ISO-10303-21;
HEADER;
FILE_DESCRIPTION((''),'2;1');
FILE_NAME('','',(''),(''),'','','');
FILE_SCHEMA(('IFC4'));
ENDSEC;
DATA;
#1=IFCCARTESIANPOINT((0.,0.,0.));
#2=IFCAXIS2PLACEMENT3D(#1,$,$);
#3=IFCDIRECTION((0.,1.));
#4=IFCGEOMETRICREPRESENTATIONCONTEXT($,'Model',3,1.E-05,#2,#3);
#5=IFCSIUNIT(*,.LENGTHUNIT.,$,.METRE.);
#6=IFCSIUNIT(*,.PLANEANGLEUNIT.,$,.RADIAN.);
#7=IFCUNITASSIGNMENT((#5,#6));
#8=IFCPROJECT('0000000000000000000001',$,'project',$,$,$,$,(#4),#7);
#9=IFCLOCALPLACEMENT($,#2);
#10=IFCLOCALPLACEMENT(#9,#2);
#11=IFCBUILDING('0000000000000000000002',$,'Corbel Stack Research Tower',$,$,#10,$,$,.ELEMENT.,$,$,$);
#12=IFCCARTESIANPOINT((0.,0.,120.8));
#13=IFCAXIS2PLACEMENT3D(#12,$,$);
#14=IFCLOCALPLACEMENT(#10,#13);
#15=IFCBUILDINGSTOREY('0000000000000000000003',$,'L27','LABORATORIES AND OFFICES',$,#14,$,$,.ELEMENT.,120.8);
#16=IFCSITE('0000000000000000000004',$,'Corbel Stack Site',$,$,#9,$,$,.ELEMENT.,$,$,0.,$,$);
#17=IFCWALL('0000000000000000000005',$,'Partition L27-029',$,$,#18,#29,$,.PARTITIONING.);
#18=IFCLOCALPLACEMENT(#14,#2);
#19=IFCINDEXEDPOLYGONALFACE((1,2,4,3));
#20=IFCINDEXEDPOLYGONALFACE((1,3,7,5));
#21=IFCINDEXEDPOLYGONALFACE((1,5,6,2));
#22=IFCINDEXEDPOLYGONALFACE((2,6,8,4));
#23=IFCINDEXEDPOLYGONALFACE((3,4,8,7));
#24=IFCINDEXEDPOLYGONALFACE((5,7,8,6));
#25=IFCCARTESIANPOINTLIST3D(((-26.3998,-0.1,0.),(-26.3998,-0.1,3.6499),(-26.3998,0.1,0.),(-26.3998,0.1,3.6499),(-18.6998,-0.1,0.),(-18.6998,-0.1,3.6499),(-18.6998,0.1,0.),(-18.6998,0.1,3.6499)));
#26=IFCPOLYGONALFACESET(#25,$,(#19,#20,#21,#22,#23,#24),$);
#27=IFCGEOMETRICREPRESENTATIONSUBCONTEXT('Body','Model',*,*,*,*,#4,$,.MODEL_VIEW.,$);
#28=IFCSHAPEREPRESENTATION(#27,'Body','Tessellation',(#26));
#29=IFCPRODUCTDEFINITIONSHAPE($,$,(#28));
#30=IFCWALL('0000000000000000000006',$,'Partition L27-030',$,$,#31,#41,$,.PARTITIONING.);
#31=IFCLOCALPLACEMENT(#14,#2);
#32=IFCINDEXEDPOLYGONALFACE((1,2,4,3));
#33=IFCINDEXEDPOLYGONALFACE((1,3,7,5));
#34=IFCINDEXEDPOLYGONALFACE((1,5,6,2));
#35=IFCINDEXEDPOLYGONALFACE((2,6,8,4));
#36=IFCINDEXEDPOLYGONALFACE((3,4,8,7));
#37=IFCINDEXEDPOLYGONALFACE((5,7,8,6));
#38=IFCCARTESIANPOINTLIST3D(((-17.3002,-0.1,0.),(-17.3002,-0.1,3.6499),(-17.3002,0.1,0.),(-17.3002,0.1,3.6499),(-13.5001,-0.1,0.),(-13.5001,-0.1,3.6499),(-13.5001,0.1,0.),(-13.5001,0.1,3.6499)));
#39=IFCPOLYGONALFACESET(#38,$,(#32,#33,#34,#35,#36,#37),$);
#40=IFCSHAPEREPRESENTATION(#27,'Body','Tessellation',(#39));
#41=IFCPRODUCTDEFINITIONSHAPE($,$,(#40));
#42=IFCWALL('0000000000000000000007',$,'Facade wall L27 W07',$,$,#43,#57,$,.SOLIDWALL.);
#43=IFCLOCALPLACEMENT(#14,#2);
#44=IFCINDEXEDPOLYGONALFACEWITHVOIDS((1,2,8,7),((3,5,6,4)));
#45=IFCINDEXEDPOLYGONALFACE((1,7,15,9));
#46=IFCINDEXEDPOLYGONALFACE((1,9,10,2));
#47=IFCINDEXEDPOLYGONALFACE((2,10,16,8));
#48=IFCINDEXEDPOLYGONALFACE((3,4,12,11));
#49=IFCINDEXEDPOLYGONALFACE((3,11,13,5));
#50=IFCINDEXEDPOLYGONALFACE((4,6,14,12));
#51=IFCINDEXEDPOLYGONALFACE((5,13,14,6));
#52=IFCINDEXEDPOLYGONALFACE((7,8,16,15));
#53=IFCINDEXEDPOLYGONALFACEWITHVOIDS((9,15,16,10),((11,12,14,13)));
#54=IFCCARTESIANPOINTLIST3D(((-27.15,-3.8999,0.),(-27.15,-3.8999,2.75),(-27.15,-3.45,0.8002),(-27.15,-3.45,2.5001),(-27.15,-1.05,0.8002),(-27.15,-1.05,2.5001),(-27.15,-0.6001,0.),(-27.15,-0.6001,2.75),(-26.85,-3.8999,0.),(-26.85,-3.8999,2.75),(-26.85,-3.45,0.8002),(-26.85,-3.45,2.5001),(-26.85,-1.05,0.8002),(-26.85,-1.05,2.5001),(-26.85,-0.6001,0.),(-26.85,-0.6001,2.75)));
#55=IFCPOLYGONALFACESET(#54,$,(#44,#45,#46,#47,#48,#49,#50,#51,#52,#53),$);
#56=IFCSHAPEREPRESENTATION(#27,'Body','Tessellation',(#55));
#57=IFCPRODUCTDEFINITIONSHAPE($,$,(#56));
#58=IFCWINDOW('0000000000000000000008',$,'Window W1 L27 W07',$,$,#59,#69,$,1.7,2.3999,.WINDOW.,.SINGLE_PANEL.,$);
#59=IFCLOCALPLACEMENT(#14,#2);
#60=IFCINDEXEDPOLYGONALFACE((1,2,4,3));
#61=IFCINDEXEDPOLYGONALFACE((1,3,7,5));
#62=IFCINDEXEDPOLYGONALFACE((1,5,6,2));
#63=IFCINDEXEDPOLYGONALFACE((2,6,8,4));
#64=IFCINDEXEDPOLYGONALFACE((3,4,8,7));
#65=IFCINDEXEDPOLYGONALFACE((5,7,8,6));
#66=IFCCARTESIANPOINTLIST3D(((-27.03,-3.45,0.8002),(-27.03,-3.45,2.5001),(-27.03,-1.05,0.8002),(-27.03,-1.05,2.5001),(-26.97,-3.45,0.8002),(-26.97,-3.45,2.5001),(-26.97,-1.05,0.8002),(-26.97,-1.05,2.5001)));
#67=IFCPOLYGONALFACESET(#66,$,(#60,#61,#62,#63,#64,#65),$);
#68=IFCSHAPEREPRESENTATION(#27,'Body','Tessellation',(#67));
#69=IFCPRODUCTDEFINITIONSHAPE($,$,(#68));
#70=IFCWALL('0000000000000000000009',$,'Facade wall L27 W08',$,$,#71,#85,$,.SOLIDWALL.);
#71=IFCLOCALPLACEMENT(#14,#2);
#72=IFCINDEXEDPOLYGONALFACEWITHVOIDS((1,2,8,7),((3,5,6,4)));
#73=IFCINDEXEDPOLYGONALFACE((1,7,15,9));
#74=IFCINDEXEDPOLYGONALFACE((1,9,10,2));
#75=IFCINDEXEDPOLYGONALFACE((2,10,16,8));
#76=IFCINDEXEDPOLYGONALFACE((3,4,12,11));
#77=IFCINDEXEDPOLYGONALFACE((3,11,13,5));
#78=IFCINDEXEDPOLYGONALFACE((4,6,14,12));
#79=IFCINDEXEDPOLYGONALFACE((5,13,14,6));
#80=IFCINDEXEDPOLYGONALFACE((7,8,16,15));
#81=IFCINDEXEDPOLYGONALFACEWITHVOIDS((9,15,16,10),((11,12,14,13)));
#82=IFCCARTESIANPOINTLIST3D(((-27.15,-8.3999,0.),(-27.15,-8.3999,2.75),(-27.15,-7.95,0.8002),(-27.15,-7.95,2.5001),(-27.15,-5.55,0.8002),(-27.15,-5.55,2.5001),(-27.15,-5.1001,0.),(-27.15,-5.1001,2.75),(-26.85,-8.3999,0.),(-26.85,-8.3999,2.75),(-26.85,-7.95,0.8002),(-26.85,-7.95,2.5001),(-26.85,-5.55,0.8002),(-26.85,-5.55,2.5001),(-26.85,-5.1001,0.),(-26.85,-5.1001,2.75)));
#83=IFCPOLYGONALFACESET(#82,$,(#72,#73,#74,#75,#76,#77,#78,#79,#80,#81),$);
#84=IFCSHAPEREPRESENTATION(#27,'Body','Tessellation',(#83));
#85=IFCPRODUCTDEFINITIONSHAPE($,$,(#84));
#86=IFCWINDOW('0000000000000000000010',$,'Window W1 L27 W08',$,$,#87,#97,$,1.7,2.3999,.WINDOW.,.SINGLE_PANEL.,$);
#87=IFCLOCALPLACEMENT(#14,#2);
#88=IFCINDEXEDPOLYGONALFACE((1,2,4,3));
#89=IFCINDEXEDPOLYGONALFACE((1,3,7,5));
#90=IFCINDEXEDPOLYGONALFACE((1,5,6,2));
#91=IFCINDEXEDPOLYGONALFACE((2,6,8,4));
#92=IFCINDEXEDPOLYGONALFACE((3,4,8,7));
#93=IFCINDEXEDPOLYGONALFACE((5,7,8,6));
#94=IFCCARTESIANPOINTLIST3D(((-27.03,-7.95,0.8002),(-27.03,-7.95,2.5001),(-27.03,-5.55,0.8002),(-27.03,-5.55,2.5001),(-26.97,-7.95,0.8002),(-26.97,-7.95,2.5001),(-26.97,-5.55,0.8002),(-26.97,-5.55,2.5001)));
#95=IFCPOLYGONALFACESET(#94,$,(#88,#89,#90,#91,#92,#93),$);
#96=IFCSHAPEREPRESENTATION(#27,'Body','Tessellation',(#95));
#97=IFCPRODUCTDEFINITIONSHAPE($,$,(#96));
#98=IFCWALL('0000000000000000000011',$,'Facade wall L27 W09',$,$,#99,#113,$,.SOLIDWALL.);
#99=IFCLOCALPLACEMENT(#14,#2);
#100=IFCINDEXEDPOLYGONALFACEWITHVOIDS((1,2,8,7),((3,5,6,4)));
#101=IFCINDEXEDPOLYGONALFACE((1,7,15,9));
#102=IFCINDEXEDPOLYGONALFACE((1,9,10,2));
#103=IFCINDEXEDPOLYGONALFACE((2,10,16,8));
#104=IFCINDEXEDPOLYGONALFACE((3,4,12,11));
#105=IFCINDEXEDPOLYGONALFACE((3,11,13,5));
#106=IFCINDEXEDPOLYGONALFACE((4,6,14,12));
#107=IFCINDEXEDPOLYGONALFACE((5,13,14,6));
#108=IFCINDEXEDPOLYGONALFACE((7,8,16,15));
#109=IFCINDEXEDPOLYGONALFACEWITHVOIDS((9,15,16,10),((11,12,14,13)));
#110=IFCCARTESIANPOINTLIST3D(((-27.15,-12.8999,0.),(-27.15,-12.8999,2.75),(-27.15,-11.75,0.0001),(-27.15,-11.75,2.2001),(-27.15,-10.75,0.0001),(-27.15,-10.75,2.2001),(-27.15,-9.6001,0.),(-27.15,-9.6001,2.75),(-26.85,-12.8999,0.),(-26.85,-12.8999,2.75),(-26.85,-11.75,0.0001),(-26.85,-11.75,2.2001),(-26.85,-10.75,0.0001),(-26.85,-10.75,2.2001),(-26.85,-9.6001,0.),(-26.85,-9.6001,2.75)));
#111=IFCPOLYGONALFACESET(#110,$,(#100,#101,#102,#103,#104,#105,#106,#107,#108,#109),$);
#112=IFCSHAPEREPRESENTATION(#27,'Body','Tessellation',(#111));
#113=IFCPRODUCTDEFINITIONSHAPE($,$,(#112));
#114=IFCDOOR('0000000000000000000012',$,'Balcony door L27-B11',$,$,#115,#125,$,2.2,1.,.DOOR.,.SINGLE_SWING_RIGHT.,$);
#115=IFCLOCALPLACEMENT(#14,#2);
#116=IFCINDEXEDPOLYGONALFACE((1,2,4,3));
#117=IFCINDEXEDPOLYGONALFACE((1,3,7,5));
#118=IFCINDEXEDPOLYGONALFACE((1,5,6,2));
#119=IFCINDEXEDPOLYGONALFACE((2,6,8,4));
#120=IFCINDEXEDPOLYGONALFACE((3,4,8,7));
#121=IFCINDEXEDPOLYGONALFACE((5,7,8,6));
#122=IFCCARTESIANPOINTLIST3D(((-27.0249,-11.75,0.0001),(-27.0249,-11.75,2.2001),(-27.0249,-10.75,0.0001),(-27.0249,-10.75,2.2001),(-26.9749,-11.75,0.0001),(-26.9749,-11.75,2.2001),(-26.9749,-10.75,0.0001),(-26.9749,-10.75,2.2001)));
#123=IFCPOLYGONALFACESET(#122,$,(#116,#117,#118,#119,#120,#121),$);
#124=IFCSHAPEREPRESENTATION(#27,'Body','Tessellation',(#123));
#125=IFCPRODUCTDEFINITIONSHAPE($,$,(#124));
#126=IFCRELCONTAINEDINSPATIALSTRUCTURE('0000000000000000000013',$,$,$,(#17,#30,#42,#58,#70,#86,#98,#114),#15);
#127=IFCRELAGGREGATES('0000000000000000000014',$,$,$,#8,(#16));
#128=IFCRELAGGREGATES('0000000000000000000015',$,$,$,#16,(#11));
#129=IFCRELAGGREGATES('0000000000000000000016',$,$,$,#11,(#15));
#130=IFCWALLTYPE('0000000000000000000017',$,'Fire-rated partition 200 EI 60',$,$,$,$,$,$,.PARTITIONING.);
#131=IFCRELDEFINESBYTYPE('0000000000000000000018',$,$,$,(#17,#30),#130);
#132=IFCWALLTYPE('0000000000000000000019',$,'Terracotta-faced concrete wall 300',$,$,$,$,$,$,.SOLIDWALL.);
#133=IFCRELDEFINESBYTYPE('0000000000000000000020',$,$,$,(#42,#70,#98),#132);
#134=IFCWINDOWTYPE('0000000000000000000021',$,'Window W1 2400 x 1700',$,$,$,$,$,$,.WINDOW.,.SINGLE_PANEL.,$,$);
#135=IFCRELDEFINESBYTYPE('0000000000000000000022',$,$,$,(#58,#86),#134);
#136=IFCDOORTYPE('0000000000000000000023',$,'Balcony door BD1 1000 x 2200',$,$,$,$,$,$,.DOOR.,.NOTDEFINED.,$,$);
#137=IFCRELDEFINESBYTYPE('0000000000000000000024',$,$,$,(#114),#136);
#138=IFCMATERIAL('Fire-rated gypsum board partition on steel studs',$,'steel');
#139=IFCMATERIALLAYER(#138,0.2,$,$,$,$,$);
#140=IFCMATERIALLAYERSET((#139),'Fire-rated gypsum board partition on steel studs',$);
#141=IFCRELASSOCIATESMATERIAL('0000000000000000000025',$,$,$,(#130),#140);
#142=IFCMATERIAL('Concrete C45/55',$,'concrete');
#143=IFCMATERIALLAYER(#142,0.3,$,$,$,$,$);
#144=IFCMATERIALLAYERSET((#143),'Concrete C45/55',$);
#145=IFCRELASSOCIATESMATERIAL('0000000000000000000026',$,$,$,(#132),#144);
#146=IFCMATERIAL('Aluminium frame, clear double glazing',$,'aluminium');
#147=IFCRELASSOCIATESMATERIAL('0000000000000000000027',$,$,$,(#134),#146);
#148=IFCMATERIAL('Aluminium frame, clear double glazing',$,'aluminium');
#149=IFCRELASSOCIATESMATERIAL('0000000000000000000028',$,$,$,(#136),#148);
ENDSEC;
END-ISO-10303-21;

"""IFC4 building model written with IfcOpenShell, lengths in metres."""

from ifc_helpers import new_model, si_unit, direction, frame, frame_2d, origin, place, context, subcontext, project, spatial, rectangle, extrude, material, layer, layer_set, type_object, element, fill, save


model = new_model("IFC4")

# Units and contexts
model_context = context("Model", 3, precision=1e-05, world=origin(), true_north=direction((0.0, 1.0)))
body_context = subcontext(model_context, "Body", "Model", "MODEL_VIEW")
ifc_project = project(units=[si_unit("LENGTHUNIT", "METRE"), si_unit("PLANEANGLEUNIT", "RADIAN")], contexts=[model_context])

# Site, building, storey
site_placement = place(None, origin())
site = spatial("IfcSite", under=ifc_project, at=site_placement, Name="Corbel Stack Site", CompositionType="ELEMENT", RefElevation=0.0)
building_placement = place(site_placement, origin())
building = spatial("IfcBuilding", under=site, at=building_placement, Name="Corbel Stack Research Tower", CompositionType="ELEMENT")
storey_placement = place(building_placement, frame((0.0, 0.0, 120.8)))
storey = spatial("IfcBuildingStorey", under=building, at=storey_placement, Name="L27", Description="LABORATORIES AND OFFICES", CompositionType="ELEMENT", Elevation=120.8)

# Shared definitions
ifc_material_1 = material(Name="Fire-rated gypsum board partition on steel studs", Category="steel")
ifc_layer_1 = layer(ifc_material_1, 0.2)
ifc_layer_set_1 = layer_set([ifc_layer_1], Name="Fire-rated gypsum board partition on steel studs")
wall_type_1 = type_object("IfcWallType", Name="Fire-rated partition 200 EI 60", PredefinedType="PARTITIONING", material=ifc_layer_set_1)

# Walls
wall_1_placement = place(storey_placement, frame((-26.3999, 0.0, 0.0), z_axis=(0.0, 0.0, 1.0), x_axis=(1.0, 0.0, 0.0)))
element("IfcWall", 1, at=wall_1_placement, inside=storey, type_object=wall_type_1, Name="Partition L27-029", PredefinedType="PARTITIONING", context=body_context, shape_type="SweptSolid", body=[
    extrude(rectangle(XDim=7.7, YDim=0.2, at=frame_2d((3.8501, 0.0))), origin(), (0.0, 0.0, 1.0), 3.6499),
])
wall_2_placement = place(storey_placement, frame((-17.3, 0.0, 0.0), z_axis=(0.0, 0.0, 1.0), x_axis=(1.0, 0.0, 0.0)))
element("IfcWall", 2, at=wall_2_placement, inside=storey, type_object=wall_type_1, Name="Partition L27-030", PredefinedType="PARTITIONING", context=body_context, shape_type="SweptSolid", body=[
    extrude(rectangle(XDim=3.8, YDim=0.2, at=frame_2d((1.8999, 0.0))), origin(), (0.0, 0.0, 1.0), 3.6499),
])

# Walls, openings, windows
ifc_material_2 = material(Name="Concrete C45/55", Category="concrete")
ifc_layer_2 = layer(ifc_material_2, 0.3)
ifc_layer_set_2 = layer_set([ifc_layer_2], Name="Concrete C45/55")
wall_type_2 = type_object("IfcWallType", Name="Terracotta-faced concrete wall 300", PredefinedType="SOLIDWALL", material=ifc_layer_set_2)
wall_3_placement = place(storey_placement, frame((-27.0, -3.8999, 0.0), z_axis=(0.0, 0.0, 1.0), x_axis=(0.0, 1.0, 0.0)))
wall_3 = element("IfcWall", 3, at=wall_3_placement, inside=storey, type_object=wall_type_2, Name="Facade wall L27 W07", PredefinedType="SOLIDWALL", context=body_context, shape_type="SweptSolid", body=[
    extrude(rectangle(XDim=3.2998, YDim=0.3, at=frame_2d((1.6499, 0.0))), origin(), (0.0, 0.0, 1.0), 2.75),
])
opening_1_placement = place(wall_3_placement, frame((0.45, 0.0, 0.8)))
opening_1 = element("IfcOpeningElement", 4, at=opening_1_placement, cuts=wall_3, PredefinedType="OPENING", context=body_context, shape_type="SweptSolid", body=[
    extrude(rectangle(XDim=2.3999, YDim=1.7, at=frame_2d((1.2, 0.8501))), frame((0.0, 0.1599, 0.0), z_axis=(0.0, -1.0, 0.0), x_axis=(1.0, 0.0, 0.0)), (0.0, 0.0, 1.0), 0.3201),
])
ifc_material_3 = material(Name="Aluminium frame, clear double glazing", Category="aluminium")
window_type = type_object("IfcWindowType", Name="Window W1 2400 x 1700", PartitioningType="SINGLE_PANEL", PredefinedType="WINDOW", material=ifc_material_3)
window_1_placement = place(opening_1_placement, origin())
window_1 = element("IfcWindow", 5, at=window_1_placement, inside=storey, type_object=window_type, Name="Window W1 L27 W07", OverallHeight=1.7, OverallWidth=2.3999, PartitioningType="SINGLE_PANEL", PredefinedType="WINDOW", context=body_context, shape_type="SweptSolid", body=[
    extrude(rectangle(XDim=2.3999, YDim=1.7, at=frame_2d((1.2, 0.8501))), frame((0.0, 0.03, 0.0), z_axis=(0.0, -1.0, 0.0), x_axis=(1.0, 0.0, 0.0)), (0.0, 0.0, 1.0), 0.0601),
])
fill(opening_1, window_1)
wall_4_placement = place(storey_placement, frame((-27.0, -8.3999, 0.0), z_axis=(0.0, 0.0, 1.0), x_axis=(0.0, 1.0, 0.0)))
wall_4 = element("IfcWall", 6, at=wall_4_placement, inside=storey, type_object=wall_type_2, Name="Facade wall L27 W08", PredefinedType="SOLIDWALL", context=body_context, shape_type="SweptSolid", body=[
    extrude(rectangle(XDim=3.2998, YDim=0.3, at=frame_2d((1.6499, 0.0))), origin(), (0.0, 0.0, 1.0), 2.75),
])
opening_2_placement = place(wall_4_placement, frame((0.45, 0.0, 0.8)))
opening_2 = element("IfcOpeningElement", 7, at=opening_2_placement, cuts=wall_4, PredefinedType="OPENING", context=body_context, shape_type="SweptSolid", body=[
    extrude(rectangle(XDim=2.3999, YDim=1.7, at=frame_2d((1.2, 0.8501))), frame((0.0, 0.1599, 0.0), z_axis=(0.0, -1.0, 0.0), x_axis=(1.0, 0.0, 0.0)), (0.0, 0.0, 1.0), 0.3201),
])
window_2_placement = place(opening_2_placement, origin())
window_2 = element("IfcWindow", 8, at=window_2_placement, inside=storey, type_object=window_type, Name="Window W1 L27 W08", OverallHeight=1.7, OverallWidth=2.3999, PartitioningType="SINGLE_PANEL", PredefinedType="WINDOW", context=body_context, shape_type="SweptSolid", body=[
    extrude(rectangle(XDim=2.3999, YDim=1.7, at=frame_2d((1.2, 0.8501))), frame((0.0, 0.03, 0.0), z_axis=(0.0, -1.0, 0.0), x_axis=(1.0, 0.0, 0.0)), (0.0, 0.0, 1.0), 0.0601),
])
fill(opening_2, window_2)

# Wall, opening, door
wall_5_placement = place(storey_placement, frame((-27.0, -12.8999, 0.0), z_axis=(0.0, 0.0, 1.0), x_axis=(0.0, 1.0, 0.0)))
wall_5 = element("IfcWall", 9, at=wall_5_placement, inside=storey, type_object=wall_type_2, Name="Facade wall L27 W09", PredefinedType="SOLIDWALL", context=body_context, shape_type="SweptSolid", body=[
    extrude(rectangle(XDim=3.2998, YDim=0.3, at=frame_2d((1.6499, 0.0))), origin(), (0.0, 0.0, 1.0), 2.75),
])
opening_3_placement = place(wall_5_placement, frame((1.1499, 0.0, 0.0)))
opening_3 = element("IfcOpeningElement", 10, at=opening_3_placement, cuts=wall_5, PredefinedType="OPENING", context=body_context, shape_type="SweptSolid", body=[
    extrude(rectangle(XDim=1.0, YDim=2.2, at=frame_2d((0.5, 1.1001))), frame((0.0, 0.1599, 0.0), z_axis=(0.0, -1.0, 0.0), x_axis=(1.0, 0.0, 0.0)), (0.0, 0.0, 1.0), 0.3201),
])
ifc_material_4 = material(Name="Aluminium frame, clear double glazing", Category="aluminium")
door_type_1 = type_object("IfcDoorType", Name="Balcony door BD1 1000 x 2200", OperationType="NOTDEFINED", PredefinedType="DOOR", material=ifc_material_4)
door_1_placement = place(opening_3_placement, origin())
door_1 = element("IfcDoor", 11, at=door_1_placement, inside=storey, type_object=door_type_1, Name="Balcony door L27-B11", OperationType="SINGLE_SWING_RIGHT", OverallHeight=2.2, OverallWidth=1.0, PredefinedType="DOOR", context=body_context, shape_type="SweptSolid", body=[
    extrude(rectangle(XDim=1.0, YDim=2.2, at=frame_2d((0.5, 1.1001))), frame((0.0, 0.0249, 0.0), z_axis=(0.0, -1.0, 0.0), x_axis=(1.0, 0.0, 0.0)), (0.0, 0.0, 1.0), 0.05),
])
fill(opening_3, door_1)

save(model, "model.ifc")
